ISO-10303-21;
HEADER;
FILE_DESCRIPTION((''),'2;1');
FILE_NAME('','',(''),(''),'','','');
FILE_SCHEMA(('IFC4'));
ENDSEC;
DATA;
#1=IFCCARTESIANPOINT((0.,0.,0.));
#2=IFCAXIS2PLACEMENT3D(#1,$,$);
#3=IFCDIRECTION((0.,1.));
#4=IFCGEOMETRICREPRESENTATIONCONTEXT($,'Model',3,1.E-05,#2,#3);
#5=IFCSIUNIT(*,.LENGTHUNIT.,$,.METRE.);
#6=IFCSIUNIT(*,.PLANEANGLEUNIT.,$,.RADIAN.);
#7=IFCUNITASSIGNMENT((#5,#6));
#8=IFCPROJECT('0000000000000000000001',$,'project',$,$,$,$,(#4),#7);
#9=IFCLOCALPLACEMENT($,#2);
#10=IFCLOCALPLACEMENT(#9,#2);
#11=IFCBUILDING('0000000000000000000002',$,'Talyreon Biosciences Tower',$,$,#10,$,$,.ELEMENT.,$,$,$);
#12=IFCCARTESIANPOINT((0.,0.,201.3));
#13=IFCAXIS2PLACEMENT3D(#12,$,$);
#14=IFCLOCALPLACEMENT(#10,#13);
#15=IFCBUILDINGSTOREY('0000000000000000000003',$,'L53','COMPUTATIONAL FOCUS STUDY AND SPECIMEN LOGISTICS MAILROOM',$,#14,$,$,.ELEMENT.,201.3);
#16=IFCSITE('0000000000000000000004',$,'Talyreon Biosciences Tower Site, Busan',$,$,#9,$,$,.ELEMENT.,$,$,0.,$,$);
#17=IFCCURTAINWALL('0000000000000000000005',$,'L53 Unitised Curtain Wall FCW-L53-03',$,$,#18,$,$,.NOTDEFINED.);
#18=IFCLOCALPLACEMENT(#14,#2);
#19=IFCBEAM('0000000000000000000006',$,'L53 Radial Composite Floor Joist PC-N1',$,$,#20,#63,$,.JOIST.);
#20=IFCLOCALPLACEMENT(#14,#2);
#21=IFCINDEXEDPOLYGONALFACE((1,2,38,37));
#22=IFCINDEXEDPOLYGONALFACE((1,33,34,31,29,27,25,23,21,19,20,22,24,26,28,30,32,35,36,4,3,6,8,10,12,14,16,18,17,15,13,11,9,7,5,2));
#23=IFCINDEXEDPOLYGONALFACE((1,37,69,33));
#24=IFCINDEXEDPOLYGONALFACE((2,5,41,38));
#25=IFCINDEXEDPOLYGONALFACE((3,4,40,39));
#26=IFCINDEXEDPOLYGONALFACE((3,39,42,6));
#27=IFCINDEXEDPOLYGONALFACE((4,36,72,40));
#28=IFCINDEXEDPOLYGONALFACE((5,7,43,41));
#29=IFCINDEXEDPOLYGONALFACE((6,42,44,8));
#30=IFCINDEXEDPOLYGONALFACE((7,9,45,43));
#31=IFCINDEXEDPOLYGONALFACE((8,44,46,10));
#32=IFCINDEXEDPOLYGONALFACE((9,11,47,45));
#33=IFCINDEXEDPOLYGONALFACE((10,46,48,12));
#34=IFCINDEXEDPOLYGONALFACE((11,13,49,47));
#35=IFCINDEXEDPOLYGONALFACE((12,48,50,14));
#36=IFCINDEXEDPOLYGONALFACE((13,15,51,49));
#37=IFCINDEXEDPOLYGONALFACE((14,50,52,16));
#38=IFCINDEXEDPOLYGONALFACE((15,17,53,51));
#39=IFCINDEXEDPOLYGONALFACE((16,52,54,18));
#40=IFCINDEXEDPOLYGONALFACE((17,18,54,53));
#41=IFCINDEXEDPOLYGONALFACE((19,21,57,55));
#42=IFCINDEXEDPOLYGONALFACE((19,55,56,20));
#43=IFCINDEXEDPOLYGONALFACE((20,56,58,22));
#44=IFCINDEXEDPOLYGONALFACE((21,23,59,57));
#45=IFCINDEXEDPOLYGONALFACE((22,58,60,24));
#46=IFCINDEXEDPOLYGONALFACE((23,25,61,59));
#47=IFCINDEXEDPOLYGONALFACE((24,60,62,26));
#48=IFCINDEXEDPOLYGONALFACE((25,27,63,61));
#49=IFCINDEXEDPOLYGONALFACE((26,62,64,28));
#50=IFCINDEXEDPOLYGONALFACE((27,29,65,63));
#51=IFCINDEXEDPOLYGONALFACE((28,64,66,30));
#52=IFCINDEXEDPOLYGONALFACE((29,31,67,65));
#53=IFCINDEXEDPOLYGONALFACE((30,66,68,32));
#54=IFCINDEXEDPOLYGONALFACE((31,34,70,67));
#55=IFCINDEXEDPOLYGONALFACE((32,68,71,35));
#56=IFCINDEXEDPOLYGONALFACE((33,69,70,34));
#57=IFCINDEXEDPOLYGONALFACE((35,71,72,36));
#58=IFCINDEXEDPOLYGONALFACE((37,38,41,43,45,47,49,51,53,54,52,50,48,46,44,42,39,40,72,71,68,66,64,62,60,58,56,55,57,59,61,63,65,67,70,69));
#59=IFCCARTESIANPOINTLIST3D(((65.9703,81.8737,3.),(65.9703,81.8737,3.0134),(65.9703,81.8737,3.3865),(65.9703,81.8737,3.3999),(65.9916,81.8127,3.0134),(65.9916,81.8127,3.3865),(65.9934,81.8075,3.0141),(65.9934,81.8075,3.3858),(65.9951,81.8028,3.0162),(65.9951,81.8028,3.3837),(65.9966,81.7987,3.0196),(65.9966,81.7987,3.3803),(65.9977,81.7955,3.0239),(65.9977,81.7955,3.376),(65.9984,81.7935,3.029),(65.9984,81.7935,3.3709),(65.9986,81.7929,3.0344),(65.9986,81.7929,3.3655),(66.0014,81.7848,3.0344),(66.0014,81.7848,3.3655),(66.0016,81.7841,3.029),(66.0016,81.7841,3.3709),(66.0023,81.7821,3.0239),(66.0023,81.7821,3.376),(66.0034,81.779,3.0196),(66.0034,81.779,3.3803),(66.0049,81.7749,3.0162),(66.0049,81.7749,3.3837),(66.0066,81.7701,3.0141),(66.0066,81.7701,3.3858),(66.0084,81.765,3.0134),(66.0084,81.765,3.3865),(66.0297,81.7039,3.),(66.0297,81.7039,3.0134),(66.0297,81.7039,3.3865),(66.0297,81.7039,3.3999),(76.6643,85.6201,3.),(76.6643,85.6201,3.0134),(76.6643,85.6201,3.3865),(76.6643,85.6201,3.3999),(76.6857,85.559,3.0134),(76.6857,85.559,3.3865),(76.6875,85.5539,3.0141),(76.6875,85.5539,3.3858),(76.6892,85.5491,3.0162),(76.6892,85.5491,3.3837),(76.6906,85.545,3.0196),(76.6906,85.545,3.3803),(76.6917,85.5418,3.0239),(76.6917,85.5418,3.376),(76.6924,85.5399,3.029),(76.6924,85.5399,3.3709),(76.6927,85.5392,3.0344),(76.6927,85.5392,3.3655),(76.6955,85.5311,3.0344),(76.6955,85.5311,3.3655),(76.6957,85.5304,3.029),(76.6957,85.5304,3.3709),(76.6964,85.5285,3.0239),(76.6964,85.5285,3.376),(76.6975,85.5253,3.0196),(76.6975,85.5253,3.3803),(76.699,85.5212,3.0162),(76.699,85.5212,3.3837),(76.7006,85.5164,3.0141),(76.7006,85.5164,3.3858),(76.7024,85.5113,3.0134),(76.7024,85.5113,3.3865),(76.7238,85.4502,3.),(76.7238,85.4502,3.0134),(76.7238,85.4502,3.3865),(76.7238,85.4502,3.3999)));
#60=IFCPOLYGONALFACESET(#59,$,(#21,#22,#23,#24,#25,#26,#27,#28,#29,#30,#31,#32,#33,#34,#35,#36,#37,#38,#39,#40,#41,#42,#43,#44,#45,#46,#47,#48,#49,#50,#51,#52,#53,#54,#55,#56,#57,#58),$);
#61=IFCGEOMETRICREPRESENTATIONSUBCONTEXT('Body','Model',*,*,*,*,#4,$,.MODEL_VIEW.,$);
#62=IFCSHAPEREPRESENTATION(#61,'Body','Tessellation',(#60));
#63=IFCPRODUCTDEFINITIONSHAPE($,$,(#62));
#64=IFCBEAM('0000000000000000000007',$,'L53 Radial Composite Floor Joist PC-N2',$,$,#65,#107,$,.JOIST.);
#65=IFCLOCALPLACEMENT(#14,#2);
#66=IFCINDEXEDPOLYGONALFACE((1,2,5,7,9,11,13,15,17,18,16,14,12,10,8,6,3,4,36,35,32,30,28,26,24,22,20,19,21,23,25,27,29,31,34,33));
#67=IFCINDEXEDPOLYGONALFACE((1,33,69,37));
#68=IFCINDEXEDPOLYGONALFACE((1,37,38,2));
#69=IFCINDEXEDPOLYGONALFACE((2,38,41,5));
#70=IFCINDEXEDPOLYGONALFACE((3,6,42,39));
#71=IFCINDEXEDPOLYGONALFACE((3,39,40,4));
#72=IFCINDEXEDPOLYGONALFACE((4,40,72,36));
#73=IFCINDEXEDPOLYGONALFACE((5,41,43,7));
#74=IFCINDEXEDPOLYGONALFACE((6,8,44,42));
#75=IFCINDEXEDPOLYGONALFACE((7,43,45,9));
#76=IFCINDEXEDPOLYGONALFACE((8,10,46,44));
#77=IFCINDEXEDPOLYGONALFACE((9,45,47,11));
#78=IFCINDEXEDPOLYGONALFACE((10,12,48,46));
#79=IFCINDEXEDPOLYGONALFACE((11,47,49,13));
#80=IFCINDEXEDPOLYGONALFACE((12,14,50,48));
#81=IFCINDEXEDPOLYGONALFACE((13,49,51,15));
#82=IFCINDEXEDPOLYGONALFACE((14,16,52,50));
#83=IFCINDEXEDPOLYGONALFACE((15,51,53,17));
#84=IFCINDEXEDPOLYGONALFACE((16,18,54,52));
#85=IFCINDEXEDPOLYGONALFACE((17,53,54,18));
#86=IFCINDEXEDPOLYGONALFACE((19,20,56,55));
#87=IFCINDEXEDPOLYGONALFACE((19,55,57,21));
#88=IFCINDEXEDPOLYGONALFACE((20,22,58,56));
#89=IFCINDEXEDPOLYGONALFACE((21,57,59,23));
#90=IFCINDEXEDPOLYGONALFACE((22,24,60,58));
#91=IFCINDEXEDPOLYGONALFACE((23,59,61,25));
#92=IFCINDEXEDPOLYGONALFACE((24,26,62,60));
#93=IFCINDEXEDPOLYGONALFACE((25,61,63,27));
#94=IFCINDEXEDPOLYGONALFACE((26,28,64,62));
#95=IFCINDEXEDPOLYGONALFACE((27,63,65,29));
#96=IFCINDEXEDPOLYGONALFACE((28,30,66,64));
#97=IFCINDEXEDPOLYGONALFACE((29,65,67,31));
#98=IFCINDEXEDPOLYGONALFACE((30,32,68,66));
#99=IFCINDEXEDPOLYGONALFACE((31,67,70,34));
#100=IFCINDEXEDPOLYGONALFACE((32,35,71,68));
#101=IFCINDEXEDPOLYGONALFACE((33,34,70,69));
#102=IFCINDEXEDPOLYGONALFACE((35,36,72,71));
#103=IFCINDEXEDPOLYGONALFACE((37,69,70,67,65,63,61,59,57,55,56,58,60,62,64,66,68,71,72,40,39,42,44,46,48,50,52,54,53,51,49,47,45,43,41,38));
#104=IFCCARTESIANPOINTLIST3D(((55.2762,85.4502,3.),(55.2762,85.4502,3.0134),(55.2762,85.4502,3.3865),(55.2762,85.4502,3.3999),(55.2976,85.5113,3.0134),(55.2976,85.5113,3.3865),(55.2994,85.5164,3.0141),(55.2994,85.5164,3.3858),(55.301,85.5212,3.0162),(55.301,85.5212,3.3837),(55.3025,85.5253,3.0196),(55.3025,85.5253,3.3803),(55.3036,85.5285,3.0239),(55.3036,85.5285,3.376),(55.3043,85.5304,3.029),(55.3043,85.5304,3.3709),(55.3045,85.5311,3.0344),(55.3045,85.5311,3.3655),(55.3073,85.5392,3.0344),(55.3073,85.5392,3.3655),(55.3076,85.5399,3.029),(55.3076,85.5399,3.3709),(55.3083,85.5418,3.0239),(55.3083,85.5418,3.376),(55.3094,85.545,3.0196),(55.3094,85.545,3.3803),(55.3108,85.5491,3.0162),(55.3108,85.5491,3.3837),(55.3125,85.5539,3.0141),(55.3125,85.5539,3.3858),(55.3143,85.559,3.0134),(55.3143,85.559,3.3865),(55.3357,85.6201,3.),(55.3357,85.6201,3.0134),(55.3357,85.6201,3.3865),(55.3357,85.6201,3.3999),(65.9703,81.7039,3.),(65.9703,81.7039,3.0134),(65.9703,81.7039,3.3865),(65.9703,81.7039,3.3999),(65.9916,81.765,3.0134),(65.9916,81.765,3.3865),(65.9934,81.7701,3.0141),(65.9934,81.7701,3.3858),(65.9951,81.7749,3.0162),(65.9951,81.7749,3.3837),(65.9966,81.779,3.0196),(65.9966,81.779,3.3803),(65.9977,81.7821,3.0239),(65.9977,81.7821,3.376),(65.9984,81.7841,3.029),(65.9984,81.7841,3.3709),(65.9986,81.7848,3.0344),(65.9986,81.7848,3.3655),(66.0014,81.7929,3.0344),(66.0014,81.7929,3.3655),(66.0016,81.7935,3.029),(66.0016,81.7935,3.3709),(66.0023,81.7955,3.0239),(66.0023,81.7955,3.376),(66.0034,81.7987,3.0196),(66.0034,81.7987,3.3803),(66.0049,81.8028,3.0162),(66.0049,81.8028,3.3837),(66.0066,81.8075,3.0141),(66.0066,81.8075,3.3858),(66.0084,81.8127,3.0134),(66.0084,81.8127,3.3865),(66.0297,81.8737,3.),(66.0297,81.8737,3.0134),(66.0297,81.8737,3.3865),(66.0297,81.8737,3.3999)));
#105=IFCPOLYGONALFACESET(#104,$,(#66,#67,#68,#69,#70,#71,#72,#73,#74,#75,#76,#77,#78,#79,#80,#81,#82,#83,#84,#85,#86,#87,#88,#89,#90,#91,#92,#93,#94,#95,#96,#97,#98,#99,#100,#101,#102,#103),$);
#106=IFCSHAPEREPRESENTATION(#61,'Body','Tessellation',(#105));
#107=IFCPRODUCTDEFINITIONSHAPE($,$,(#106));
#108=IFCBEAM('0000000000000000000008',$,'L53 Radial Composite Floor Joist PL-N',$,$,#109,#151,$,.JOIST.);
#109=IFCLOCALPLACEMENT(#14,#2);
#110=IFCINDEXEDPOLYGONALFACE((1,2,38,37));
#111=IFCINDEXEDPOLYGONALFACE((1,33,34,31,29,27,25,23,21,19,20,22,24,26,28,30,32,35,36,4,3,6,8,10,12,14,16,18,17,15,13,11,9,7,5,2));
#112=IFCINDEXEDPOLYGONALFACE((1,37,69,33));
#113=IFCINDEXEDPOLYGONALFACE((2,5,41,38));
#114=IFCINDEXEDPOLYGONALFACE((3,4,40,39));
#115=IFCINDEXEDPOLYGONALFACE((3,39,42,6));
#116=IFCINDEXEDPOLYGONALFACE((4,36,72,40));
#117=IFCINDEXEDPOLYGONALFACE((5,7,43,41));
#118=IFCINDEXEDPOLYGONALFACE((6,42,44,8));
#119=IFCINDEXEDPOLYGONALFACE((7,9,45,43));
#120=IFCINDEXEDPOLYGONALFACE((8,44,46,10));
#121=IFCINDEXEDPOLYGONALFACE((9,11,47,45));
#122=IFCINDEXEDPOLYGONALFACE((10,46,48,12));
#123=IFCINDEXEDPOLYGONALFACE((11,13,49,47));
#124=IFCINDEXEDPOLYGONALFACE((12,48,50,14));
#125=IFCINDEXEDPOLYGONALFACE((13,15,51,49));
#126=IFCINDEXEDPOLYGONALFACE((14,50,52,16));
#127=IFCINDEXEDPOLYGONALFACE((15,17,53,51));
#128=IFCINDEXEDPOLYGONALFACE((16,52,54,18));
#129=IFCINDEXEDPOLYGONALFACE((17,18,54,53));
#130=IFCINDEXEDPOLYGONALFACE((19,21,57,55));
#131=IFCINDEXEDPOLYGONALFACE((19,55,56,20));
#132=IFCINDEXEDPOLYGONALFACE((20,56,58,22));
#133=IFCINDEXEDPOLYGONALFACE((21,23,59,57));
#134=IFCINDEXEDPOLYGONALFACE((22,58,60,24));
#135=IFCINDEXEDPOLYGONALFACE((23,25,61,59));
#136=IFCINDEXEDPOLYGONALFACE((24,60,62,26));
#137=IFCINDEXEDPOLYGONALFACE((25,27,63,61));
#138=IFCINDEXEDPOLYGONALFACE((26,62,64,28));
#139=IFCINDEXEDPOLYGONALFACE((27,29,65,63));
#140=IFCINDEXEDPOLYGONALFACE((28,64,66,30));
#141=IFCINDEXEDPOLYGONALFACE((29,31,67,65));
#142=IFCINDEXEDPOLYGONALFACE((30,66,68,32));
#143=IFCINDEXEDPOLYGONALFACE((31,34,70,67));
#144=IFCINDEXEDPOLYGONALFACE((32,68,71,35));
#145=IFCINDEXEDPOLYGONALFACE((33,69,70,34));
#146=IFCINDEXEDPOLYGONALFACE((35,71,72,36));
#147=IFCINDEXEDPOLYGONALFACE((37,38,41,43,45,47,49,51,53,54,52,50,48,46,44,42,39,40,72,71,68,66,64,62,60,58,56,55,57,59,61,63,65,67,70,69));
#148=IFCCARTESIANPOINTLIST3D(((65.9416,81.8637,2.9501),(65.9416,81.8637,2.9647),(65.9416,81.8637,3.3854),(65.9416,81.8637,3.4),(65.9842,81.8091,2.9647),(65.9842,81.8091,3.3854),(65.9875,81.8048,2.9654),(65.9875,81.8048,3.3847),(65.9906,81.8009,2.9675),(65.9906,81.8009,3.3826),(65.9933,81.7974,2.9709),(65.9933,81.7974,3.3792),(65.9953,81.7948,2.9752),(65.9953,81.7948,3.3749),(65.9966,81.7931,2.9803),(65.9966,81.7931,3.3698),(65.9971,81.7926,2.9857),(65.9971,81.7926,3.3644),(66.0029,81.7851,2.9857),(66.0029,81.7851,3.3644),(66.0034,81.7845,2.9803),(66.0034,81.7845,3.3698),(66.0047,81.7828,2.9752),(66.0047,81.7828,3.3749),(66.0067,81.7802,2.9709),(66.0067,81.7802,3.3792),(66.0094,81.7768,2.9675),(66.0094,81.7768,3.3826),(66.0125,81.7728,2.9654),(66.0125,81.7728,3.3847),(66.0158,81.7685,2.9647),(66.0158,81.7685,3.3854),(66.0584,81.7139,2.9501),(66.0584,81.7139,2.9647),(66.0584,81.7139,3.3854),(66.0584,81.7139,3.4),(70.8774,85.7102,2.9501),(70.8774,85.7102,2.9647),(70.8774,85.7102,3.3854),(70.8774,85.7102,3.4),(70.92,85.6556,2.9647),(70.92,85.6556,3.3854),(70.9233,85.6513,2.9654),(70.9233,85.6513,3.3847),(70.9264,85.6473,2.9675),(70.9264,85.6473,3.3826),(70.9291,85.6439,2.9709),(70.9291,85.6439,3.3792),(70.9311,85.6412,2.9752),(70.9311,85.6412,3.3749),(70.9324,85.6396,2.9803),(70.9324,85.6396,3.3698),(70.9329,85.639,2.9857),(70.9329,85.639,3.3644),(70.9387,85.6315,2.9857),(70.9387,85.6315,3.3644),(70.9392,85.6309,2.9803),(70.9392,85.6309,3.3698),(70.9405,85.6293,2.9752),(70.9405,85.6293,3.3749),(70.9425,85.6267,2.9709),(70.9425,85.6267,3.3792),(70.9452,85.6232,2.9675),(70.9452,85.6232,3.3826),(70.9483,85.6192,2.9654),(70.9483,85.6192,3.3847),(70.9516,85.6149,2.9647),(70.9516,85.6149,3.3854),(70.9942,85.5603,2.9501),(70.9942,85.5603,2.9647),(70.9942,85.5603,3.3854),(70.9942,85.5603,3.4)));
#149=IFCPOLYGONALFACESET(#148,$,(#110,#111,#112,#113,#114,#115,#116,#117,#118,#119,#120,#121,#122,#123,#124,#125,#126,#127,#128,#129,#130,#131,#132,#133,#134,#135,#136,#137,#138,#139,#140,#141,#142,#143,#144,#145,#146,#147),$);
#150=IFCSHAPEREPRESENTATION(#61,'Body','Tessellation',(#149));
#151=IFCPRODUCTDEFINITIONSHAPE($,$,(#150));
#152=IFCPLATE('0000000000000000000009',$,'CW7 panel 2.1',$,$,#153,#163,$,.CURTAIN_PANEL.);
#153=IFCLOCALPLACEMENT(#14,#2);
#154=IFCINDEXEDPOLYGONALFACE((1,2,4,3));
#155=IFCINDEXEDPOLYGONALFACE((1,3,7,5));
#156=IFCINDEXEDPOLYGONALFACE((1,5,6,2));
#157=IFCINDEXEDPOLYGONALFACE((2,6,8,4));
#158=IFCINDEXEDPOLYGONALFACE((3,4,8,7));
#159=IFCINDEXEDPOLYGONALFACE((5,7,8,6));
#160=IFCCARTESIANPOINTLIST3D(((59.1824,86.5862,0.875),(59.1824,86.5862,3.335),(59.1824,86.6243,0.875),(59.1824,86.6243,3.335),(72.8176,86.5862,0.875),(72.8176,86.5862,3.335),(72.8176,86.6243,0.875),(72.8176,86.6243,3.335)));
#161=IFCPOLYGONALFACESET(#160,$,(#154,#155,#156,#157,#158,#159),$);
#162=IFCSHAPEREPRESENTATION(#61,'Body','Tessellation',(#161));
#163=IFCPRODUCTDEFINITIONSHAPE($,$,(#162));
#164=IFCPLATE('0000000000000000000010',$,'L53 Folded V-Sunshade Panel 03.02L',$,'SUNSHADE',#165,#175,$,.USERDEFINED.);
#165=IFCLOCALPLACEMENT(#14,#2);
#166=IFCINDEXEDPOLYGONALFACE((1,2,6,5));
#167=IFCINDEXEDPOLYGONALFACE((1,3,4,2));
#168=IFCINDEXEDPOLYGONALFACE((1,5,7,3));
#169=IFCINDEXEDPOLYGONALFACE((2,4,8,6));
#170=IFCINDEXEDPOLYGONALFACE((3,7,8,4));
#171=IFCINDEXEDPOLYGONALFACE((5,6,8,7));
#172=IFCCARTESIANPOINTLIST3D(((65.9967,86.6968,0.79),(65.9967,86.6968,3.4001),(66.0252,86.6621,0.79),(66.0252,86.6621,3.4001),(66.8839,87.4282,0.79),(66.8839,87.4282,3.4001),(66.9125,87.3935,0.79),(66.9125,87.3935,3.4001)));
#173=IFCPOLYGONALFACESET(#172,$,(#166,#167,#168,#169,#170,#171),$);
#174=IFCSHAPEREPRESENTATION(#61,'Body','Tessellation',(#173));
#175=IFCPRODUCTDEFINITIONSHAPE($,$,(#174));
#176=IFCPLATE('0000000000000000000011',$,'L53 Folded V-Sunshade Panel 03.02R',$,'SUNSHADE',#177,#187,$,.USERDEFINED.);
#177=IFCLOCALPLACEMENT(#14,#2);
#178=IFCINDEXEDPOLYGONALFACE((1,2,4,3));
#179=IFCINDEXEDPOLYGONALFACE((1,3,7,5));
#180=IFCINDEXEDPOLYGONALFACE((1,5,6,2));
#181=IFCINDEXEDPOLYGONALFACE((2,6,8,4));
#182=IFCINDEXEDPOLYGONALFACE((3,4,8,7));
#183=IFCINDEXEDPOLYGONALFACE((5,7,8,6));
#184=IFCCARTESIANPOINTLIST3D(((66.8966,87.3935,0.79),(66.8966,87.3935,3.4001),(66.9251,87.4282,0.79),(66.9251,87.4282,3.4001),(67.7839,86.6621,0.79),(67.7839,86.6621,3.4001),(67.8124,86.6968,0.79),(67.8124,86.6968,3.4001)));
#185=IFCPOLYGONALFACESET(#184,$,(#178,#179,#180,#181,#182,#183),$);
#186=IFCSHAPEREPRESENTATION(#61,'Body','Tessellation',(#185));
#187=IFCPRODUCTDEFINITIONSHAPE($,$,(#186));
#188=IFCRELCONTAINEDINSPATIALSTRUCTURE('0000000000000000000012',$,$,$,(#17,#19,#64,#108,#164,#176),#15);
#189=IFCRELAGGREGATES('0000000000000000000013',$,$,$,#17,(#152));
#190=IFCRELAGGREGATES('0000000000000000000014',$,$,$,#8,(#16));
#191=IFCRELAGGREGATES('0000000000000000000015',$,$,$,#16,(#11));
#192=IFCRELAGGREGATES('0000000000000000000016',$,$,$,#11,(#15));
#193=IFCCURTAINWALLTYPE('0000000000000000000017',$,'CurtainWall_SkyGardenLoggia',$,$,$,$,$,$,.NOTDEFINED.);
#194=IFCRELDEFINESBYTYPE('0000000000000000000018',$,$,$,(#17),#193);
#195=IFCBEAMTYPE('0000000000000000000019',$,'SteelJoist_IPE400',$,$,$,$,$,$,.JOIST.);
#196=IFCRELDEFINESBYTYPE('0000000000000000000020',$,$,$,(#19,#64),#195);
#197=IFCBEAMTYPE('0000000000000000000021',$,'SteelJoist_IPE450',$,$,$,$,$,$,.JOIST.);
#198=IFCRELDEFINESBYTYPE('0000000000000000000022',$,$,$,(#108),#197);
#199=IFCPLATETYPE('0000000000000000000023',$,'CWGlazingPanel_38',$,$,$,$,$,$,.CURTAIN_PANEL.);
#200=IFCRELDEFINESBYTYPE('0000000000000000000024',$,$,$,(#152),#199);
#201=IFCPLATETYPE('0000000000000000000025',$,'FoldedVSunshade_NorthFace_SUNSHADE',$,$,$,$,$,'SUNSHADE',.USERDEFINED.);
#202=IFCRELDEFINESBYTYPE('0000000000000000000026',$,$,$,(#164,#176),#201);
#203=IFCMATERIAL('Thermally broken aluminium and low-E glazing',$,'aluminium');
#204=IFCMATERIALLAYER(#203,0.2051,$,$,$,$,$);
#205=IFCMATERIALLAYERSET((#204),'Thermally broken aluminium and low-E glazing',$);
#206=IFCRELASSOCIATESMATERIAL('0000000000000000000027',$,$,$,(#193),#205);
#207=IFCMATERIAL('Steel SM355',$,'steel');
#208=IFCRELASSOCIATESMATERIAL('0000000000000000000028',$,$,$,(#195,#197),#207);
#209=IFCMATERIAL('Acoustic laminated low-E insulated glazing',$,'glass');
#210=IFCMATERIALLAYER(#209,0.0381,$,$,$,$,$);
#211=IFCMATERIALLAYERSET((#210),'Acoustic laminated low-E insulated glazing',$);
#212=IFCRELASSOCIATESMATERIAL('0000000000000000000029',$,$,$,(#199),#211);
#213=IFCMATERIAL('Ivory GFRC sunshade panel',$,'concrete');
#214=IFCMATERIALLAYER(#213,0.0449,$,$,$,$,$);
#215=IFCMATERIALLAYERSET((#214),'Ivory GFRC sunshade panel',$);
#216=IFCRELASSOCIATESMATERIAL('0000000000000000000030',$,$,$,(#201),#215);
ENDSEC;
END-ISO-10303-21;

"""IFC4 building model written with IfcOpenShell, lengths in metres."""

from ifc_helpers import new_model, si_unit, direction, frame, origin, origin_2d, place, context, subcontext, project, spatial, rectangle, i_section, extrude, material, layer, layer_set, material_profile, profile_set, type_object, element, aggregate, save


model = new_model("IFC4")

# Units and contexts
model_context = context("Model", 3, precision=1e-05, world=origin(), true_north=direction((0.0, 1.0)))
body_context = subcontext(model_context, "Body", "Model", "MODEL_VIEW")
ifc_project = project(units=[si_unit("LENGTHUNIT", "METRE"), si_unit("PLANEANGLEUNIT", "RADIAN")], contexts=[model_context])

# Site, building, storey
site_placement = place(None, origin())
site = spatial("IfcSite", under=ifc_project, at=site_placement, Name="Talyreon Biosciences Tower Site, Busan", CompositionType="ELEMENT", RefElevation=0.0)
building_placement = place(site_placement, origin())
building = spatial("IfcBuilding", under=site, at=building_placement, Name="Talyreon Biosciences Tower", CompositionType="ELEMENT")
storey_placement = place(building_placement, frame((0.0, 0.0, 201.3)))
storey = spatial("IfcBuildingStorey", under=building, at=storey_placement, Name="L53", Description="COMPUTATIONAL FOCUS STUDY AND SPECIMEN LOGISTICS MAILROOM", CompositionType="ELEMENT", Elevation=201.3)

# Curtain wall
ifc_material_1 = material(Name="Thermally broken aluminium and low-E glazing", Category="aluminium")
ifc_layer_1 = layer(ifc_material_1, 0.2051)
ifc_layer_set_1 = layer_set([ifc_layer_1], Name="Thermally broken aluminium and low-E glazing")
curtain_wall_type = type_object("IfcCurtainWallType", Name="CurtainWall_SkyGardenLoggia", PredefinedType="NOTDEFINED", material=ifc_layer_set_1)
curtain_wall_placement = place(storey_placement, origin())
curtain_wall = element("IfcCurtainWall", 1, at=curtain_wall_placement, inside=storey, type_object=curtain_wall_type, Name="L53 Unitised Curtain Wall FCW-L53-03", PredefinedType="NOTDEFINED")

# Beams
ifc_material_2 = material(Name="Steel SM355", Category="steel")
ifc_material_profile_1 = material_profile(ifc_material_2, i_section(OverallWidth=0.1799, OverallDepth=0.3999, WebThickness=0.0085, FlangeThickness=0.0134, FilletRadius=0.021, at=origin_2d()), Name="IPE400")
ifc_profile_set_1 = profile_set([ifc_material_profile_1], Name="Steel SM355")
beam_type_1 = type_object("IfcBeamType", Name="SteelJoist_IPE400", PredefinedType="JOIST", material=ifc_profile_set_1)
for number, where, z_axis, x_axis, name in (
    (2, (66.0, 81.7888, 3.2), (0.943765, 0.330618, 0.0), (-0.330618, 0.943765, 0.0), "L53 Radial Composite Floor Joist PC-N1"),
    (3, (66.0, 81.7888, 3.2), (-0.943765, 0.330618, 0.0), (-0.330618, -0.943765, 0.0), "L53 Radial Composite Floor Joist PC-N2"),
):
    element("IfcBeam", number, at=place(storey_placement, frame(where, z_axis=z_axis, x_axis=x_axis)), inside=storey, type_object=beam_type_1, Name=name, PredefinedType="JOIST", context=body_context, shape_type="SweptSolid", body=[
        extrude(i_section(OverallWidth=0.1799, OverallDepth=0.3999, WebThickness=0.0085, FlangeThickness=0.0134, FilletRadius=0.021, at=origin_2d()), origin(), (0.0, 0.0, 1.0), 11.3313),
    ])
ifc_material_profile_2 = material_profile(ifc_material_2, i_section(OverallWidth=0.1899, OverallDepth=0.45, WebThickness=0.0095, FlangeThickness=0.0146, FilletRadius=0.021, at=origin_2d()), Name="IPE450")
ifc_profile_set_2 = profile_set([ifc_material_profile_2], Name="Steel SM355")
beam_type_2 = type_object("IfcBeamType", Name="SteelJoist_IPE450", PredefinedType="JOIST", material=ifc_profile_set_2)
beam_1_placement = place(storey_placement, frame((66.0, 81.7888, 3.175), z_axis=(0.788772, 0.614686, 0.0), x_axis=(-0.614686, 0.788772, 0.0)))
element("IfcBeam", 4, at=beam_1_placement, inside=storey, type_object=beam_type_2, Name="L53 Radial Composite Floor Joist PL-N", PredefinedType="JOIST", context=body_context, shape_type="SweptSolid", body=[
    extrude(i_section(OverallWidth=0.1899, OverallDepth=0.45, WebThickness=0.0095, FlangeThickness=0.0146, FilletRadius=0.021, at=origin_2d()), origin(), (0.0, 0.0, 1.0), 6.2576),
])

# Plate
ifc_material_3 = material(Name="Acoustic laminated low-E insulated glazing", Category="glass")
ifc_layer_2 = layer(ifc_material_3, 0.0381)
ifc_layer_set_2 = layer_set([ifc_layer_2], Name="Acoustic laminated low-E insulated glazing")
plate_type_1 = type_object("IfcPlateType", Name="CWGlazingPanel_38", PredefinedType="CURTAIN_PANEL", material=ifc_layer_set_2)
plate_placement = place(storey_placement, frame((66.0, 86.6052, 0.875), z_axis=(0.0, 0.0, 1.0), x_axis=(1.0, 0.0, 0.0)))
plate = element("IfcPlate", 5, at=plate_placement, type_object=plate_type_1, Name="CW7 panel 2.1", PredefinedType="CURTAIN_PANEL", context=body_context, shape_type="SweptSolid", body=[
    extrude(rectangle(XDim=13.6353, YDim=0.0381, at=origin_2d()), origin(), (0.0, 0.0, 1.0), 2.46),
])
aggregate(curtain_wall, [plate])

# Plates
ifc_material_4 = material(Name="Ivory GFRC sunshade panel", Category="concrete")
ifc_layer_3 = layer(ifc_material_4, 0.0449)
ifc_layer_set_3 = layer_set([ifc_layer_3], Name="Ivory GFRC sunshade panel")
plate_type_2 = type_object("IfcPlateType", Name="FoldedVSunshade_NorthFace_SUNSHADE", ElementType="SUNSHADE", PredefinedType="USERDEFINED", material=ifc_layer_set_3)
for number, where, z_axis, x_axis, name in (
    (6, (66.4546, 87.0452, 0.79), (0.0, 0.0, 1.0), (0.771625, 0.636078, 0.0), "L53 Folded V-Sunshade Panel 03.02L"),
    (7, (67.3545, 87.0452, 0.79), (0.0, 0.0, 1.0), (0.771625, -0.636078, 0.0), "L53 Folded V-Sunshade Panel 03.02R"),
):
    element("IfcPlate", number, at=place(storey_placement, frame(where, z_axis=z_axis, x_axis=x_axis)), inside=storey, type_object=plate_type_2, Name=name, ObjectType="SUNSHADE", PredefinedType="USERDEFINED", context=body_context, shape_type="SweptSolid", body=[
        extrude(rectangle(XDim=1.1499, YDim=0.0449, at=origin_2d()), origin(), (0.0, 0.0, 1.0), 2.6101),
    ])

save(model, "model.ifc")
